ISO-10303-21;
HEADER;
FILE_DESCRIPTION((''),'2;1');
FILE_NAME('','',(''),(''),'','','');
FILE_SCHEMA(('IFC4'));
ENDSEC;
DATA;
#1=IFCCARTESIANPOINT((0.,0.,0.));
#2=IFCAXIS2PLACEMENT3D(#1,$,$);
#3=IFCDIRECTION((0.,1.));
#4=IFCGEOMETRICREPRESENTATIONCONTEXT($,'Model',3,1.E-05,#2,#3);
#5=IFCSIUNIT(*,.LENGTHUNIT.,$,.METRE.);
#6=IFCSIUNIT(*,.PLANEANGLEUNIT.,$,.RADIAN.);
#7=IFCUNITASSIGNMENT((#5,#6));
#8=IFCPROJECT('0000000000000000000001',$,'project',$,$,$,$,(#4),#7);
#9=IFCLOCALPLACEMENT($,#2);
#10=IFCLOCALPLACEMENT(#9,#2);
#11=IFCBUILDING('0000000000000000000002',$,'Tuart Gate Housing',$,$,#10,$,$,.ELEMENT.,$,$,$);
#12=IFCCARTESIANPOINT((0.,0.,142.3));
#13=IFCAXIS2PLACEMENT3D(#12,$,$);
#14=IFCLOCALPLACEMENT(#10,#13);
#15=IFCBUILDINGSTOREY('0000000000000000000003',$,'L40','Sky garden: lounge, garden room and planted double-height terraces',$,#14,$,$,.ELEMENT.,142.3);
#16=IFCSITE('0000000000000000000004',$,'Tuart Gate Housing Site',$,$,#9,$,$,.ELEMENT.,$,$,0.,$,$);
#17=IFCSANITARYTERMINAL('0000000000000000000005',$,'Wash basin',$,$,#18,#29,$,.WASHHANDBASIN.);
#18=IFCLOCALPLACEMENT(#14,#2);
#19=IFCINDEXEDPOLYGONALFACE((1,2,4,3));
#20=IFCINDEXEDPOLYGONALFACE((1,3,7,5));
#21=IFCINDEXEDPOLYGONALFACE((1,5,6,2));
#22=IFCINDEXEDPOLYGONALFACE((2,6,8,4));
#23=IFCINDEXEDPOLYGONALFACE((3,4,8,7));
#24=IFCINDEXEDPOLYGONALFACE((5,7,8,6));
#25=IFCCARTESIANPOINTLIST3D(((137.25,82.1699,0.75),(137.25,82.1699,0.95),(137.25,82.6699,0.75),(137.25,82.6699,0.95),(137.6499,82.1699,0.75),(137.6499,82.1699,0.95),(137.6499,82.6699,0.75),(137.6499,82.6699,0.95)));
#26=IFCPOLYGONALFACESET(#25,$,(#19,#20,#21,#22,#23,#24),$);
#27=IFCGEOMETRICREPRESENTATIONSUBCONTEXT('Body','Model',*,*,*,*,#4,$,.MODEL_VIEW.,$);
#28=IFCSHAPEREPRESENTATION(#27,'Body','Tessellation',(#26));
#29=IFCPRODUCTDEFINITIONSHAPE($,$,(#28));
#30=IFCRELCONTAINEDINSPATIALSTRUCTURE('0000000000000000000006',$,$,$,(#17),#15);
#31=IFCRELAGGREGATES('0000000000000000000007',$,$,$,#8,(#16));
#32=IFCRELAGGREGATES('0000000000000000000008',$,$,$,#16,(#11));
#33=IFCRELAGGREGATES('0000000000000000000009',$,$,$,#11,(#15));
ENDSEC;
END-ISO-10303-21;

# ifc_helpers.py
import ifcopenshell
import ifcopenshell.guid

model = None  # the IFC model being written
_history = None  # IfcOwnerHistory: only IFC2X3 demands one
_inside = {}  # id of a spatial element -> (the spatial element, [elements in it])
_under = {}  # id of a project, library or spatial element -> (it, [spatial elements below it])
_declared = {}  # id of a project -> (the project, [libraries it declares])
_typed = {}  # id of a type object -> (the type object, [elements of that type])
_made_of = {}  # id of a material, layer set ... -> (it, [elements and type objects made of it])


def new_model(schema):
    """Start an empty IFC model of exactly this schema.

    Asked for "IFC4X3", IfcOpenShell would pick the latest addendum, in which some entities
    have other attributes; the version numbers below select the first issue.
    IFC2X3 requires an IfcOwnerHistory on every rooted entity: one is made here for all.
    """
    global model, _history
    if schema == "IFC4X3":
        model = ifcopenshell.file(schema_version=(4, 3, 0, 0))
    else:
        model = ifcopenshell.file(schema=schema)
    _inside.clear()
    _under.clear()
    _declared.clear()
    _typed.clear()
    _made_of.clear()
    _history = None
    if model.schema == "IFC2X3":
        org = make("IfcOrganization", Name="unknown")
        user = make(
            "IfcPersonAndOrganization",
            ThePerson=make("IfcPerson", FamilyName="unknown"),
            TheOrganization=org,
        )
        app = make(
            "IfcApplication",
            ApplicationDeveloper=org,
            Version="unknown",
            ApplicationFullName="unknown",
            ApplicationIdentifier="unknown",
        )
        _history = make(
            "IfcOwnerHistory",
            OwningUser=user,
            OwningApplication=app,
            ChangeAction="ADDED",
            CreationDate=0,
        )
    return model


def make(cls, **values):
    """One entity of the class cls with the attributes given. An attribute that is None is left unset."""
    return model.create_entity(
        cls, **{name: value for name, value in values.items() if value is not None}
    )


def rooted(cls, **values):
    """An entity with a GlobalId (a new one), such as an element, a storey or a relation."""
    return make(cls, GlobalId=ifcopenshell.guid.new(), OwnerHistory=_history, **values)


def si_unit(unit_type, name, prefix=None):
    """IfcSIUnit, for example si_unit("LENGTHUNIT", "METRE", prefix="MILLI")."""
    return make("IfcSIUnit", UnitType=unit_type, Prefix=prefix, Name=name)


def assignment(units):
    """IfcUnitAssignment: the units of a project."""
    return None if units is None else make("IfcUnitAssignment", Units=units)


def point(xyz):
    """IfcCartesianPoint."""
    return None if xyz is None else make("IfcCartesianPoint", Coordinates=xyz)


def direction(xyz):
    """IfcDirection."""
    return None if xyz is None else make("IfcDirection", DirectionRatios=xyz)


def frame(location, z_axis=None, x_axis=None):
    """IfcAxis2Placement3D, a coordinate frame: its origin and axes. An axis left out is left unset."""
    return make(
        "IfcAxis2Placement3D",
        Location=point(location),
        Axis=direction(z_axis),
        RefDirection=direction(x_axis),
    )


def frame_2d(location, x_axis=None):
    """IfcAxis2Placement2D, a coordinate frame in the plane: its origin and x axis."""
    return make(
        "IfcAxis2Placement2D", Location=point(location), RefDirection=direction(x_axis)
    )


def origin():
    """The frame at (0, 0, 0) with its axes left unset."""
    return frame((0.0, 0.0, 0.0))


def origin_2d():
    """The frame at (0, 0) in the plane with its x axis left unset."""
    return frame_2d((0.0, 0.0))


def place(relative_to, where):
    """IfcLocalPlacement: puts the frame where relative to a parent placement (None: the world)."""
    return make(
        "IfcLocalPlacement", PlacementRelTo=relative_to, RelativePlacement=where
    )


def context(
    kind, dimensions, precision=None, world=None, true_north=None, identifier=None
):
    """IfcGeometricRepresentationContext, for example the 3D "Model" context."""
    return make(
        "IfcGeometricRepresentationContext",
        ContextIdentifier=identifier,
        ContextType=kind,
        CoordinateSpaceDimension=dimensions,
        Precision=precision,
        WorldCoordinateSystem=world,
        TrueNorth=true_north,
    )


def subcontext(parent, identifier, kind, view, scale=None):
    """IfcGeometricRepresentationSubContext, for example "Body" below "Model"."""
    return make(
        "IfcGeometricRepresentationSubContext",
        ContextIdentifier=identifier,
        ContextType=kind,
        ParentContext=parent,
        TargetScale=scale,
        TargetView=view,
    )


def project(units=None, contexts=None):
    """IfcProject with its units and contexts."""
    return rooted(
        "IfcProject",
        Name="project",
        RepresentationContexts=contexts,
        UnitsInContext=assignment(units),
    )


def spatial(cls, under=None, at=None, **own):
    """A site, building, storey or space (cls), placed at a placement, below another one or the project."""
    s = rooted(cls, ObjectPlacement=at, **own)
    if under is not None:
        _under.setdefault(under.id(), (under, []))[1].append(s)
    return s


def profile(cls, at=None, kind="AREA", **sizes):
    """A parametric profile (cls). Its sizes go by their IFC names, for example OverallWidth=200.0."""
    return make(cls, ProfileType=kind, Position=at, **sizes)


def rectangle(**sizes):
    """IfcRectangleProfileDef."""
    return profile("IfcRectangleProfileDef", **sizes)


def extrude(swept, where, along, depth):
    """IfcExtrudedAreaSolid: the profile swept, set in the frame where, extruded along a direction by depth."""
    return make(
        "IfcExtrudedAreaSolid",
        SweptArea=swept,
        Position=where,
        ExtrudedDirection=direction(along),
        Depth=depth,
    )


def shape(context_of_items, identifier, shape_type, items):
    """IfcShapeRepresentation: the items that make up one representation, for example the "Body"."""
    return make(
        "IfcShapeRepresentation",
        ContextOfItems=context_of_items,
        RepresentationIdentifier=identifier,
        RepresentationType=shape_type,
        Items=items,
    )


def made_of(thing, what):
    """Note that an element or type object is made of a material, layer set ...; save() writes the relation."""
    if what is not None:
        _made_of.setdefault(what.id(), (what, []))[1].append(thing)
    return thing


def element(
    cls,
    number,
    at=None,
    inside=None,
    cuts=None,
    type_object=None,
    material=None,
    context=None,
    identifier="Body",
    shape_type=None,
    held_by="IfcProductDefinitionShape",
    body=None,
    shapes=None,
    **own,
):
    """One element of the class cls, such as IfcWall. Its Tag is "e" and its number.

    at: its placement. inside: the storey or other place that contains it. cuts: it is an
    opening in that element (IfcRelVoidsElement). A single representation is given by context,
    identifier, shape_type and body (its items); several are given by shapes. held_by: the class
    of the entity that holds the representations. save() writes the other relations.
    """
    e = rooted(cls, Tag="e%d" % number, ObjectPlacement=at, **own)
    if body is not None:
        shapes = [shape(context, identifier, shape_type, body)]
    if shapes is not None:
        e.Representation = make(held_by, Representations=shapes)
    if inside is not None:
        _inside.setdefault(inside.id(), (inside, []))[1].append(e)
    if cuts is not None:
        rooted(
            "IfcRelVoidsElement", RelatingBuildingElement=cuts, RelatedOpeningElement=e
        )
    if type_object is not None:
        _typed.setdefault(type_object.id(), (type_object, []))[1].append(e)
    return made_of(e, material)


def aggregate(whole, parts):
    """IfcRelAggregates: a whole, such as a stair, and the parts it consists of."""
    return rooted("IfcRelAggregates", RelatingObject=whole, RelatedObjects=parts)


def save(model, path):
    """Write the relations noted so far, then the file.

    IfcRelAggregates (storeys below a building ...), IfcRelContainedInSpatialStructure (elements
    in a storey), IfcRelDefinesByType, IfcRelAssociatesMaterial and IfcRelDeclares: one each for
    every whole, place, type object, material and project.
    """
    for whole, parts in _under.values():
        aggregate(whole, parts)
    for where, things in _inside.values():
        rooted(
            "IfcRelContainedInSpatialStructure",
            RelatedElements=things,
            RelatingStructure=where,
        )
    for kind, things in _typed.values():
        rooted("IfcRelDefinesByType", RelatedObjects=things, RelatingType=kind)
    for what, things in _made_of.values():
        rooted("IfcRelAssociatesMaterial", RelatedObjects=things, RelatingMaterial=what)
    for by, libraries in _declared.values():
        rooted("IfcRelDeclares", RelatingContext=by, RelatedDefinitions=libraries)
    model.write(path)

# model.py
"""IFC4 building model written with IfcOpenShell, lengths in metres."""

from ifc_helpers import new_model, si_unit, direction, frame, origin, origin_2d, place, context, subcontext, project, spatial, rectangle, extrude, element, save


model = new_model("IFC4")

# Units and contexts
model_context = context("Model", 3, precision=1e-05, world=origin(), true_north=direction((0.0, 1.0)))
body_context = subcontext(model_context, "Body", "Model", "MODEL_VIEW")
ifc_project = project(units=[si_unit("LENGTHUNIT", "METRE"), si_unit("PLANEANGLEUNIT", "RADIAN")], contexts=[model_context])

# Site, building, storey
site_placement = place(None, origin())
site = spatial("IfcSite", under=ifc_project, at=site_placement, Name="Tuart Gate Housing Site", CompositionType="ELEMENT", RefElevation=0.0)
building_placement = place(site_placement, origin())
building = spatial("IfcBuilding", under=site, at=building_placement, Name="Tuart Gate Housing", CompositionType="ELEMENT")
storey_placement = place(building_placement, frame((0.0, 0.0, 142.3)))
storey = spatial("IfcBuildingStorey", under=building, at=storey_placement, Name="L40", Description="Sky garden: lounge, garden room and planted double-height terraces", CompositionType="ELEMENT", Elevation=142.3)

# Sanitary terminal
sanitary_terminal_placement = place(storey_placement, frame((137.45, 82.4199, 0.75), z_axis=(0.0, 0.0, 1.0), x_axis=(1.0, 0.0, 0.0)))
element("IfcSanitaryTerminal", 1, at=sanitary_terminal_placement, inside=storey, Name="Wash basin", PredefinedType="WASHHANDBASIN", context=body_context, shape_type="SweptSolid", body=[
    extrude(rectangle(XDim=0.3999, YDim=0.5, at=origin_2d()), origin(), (0.0, 0.0, 1.0), 0.2),
])

save(model, "model.ifc")
